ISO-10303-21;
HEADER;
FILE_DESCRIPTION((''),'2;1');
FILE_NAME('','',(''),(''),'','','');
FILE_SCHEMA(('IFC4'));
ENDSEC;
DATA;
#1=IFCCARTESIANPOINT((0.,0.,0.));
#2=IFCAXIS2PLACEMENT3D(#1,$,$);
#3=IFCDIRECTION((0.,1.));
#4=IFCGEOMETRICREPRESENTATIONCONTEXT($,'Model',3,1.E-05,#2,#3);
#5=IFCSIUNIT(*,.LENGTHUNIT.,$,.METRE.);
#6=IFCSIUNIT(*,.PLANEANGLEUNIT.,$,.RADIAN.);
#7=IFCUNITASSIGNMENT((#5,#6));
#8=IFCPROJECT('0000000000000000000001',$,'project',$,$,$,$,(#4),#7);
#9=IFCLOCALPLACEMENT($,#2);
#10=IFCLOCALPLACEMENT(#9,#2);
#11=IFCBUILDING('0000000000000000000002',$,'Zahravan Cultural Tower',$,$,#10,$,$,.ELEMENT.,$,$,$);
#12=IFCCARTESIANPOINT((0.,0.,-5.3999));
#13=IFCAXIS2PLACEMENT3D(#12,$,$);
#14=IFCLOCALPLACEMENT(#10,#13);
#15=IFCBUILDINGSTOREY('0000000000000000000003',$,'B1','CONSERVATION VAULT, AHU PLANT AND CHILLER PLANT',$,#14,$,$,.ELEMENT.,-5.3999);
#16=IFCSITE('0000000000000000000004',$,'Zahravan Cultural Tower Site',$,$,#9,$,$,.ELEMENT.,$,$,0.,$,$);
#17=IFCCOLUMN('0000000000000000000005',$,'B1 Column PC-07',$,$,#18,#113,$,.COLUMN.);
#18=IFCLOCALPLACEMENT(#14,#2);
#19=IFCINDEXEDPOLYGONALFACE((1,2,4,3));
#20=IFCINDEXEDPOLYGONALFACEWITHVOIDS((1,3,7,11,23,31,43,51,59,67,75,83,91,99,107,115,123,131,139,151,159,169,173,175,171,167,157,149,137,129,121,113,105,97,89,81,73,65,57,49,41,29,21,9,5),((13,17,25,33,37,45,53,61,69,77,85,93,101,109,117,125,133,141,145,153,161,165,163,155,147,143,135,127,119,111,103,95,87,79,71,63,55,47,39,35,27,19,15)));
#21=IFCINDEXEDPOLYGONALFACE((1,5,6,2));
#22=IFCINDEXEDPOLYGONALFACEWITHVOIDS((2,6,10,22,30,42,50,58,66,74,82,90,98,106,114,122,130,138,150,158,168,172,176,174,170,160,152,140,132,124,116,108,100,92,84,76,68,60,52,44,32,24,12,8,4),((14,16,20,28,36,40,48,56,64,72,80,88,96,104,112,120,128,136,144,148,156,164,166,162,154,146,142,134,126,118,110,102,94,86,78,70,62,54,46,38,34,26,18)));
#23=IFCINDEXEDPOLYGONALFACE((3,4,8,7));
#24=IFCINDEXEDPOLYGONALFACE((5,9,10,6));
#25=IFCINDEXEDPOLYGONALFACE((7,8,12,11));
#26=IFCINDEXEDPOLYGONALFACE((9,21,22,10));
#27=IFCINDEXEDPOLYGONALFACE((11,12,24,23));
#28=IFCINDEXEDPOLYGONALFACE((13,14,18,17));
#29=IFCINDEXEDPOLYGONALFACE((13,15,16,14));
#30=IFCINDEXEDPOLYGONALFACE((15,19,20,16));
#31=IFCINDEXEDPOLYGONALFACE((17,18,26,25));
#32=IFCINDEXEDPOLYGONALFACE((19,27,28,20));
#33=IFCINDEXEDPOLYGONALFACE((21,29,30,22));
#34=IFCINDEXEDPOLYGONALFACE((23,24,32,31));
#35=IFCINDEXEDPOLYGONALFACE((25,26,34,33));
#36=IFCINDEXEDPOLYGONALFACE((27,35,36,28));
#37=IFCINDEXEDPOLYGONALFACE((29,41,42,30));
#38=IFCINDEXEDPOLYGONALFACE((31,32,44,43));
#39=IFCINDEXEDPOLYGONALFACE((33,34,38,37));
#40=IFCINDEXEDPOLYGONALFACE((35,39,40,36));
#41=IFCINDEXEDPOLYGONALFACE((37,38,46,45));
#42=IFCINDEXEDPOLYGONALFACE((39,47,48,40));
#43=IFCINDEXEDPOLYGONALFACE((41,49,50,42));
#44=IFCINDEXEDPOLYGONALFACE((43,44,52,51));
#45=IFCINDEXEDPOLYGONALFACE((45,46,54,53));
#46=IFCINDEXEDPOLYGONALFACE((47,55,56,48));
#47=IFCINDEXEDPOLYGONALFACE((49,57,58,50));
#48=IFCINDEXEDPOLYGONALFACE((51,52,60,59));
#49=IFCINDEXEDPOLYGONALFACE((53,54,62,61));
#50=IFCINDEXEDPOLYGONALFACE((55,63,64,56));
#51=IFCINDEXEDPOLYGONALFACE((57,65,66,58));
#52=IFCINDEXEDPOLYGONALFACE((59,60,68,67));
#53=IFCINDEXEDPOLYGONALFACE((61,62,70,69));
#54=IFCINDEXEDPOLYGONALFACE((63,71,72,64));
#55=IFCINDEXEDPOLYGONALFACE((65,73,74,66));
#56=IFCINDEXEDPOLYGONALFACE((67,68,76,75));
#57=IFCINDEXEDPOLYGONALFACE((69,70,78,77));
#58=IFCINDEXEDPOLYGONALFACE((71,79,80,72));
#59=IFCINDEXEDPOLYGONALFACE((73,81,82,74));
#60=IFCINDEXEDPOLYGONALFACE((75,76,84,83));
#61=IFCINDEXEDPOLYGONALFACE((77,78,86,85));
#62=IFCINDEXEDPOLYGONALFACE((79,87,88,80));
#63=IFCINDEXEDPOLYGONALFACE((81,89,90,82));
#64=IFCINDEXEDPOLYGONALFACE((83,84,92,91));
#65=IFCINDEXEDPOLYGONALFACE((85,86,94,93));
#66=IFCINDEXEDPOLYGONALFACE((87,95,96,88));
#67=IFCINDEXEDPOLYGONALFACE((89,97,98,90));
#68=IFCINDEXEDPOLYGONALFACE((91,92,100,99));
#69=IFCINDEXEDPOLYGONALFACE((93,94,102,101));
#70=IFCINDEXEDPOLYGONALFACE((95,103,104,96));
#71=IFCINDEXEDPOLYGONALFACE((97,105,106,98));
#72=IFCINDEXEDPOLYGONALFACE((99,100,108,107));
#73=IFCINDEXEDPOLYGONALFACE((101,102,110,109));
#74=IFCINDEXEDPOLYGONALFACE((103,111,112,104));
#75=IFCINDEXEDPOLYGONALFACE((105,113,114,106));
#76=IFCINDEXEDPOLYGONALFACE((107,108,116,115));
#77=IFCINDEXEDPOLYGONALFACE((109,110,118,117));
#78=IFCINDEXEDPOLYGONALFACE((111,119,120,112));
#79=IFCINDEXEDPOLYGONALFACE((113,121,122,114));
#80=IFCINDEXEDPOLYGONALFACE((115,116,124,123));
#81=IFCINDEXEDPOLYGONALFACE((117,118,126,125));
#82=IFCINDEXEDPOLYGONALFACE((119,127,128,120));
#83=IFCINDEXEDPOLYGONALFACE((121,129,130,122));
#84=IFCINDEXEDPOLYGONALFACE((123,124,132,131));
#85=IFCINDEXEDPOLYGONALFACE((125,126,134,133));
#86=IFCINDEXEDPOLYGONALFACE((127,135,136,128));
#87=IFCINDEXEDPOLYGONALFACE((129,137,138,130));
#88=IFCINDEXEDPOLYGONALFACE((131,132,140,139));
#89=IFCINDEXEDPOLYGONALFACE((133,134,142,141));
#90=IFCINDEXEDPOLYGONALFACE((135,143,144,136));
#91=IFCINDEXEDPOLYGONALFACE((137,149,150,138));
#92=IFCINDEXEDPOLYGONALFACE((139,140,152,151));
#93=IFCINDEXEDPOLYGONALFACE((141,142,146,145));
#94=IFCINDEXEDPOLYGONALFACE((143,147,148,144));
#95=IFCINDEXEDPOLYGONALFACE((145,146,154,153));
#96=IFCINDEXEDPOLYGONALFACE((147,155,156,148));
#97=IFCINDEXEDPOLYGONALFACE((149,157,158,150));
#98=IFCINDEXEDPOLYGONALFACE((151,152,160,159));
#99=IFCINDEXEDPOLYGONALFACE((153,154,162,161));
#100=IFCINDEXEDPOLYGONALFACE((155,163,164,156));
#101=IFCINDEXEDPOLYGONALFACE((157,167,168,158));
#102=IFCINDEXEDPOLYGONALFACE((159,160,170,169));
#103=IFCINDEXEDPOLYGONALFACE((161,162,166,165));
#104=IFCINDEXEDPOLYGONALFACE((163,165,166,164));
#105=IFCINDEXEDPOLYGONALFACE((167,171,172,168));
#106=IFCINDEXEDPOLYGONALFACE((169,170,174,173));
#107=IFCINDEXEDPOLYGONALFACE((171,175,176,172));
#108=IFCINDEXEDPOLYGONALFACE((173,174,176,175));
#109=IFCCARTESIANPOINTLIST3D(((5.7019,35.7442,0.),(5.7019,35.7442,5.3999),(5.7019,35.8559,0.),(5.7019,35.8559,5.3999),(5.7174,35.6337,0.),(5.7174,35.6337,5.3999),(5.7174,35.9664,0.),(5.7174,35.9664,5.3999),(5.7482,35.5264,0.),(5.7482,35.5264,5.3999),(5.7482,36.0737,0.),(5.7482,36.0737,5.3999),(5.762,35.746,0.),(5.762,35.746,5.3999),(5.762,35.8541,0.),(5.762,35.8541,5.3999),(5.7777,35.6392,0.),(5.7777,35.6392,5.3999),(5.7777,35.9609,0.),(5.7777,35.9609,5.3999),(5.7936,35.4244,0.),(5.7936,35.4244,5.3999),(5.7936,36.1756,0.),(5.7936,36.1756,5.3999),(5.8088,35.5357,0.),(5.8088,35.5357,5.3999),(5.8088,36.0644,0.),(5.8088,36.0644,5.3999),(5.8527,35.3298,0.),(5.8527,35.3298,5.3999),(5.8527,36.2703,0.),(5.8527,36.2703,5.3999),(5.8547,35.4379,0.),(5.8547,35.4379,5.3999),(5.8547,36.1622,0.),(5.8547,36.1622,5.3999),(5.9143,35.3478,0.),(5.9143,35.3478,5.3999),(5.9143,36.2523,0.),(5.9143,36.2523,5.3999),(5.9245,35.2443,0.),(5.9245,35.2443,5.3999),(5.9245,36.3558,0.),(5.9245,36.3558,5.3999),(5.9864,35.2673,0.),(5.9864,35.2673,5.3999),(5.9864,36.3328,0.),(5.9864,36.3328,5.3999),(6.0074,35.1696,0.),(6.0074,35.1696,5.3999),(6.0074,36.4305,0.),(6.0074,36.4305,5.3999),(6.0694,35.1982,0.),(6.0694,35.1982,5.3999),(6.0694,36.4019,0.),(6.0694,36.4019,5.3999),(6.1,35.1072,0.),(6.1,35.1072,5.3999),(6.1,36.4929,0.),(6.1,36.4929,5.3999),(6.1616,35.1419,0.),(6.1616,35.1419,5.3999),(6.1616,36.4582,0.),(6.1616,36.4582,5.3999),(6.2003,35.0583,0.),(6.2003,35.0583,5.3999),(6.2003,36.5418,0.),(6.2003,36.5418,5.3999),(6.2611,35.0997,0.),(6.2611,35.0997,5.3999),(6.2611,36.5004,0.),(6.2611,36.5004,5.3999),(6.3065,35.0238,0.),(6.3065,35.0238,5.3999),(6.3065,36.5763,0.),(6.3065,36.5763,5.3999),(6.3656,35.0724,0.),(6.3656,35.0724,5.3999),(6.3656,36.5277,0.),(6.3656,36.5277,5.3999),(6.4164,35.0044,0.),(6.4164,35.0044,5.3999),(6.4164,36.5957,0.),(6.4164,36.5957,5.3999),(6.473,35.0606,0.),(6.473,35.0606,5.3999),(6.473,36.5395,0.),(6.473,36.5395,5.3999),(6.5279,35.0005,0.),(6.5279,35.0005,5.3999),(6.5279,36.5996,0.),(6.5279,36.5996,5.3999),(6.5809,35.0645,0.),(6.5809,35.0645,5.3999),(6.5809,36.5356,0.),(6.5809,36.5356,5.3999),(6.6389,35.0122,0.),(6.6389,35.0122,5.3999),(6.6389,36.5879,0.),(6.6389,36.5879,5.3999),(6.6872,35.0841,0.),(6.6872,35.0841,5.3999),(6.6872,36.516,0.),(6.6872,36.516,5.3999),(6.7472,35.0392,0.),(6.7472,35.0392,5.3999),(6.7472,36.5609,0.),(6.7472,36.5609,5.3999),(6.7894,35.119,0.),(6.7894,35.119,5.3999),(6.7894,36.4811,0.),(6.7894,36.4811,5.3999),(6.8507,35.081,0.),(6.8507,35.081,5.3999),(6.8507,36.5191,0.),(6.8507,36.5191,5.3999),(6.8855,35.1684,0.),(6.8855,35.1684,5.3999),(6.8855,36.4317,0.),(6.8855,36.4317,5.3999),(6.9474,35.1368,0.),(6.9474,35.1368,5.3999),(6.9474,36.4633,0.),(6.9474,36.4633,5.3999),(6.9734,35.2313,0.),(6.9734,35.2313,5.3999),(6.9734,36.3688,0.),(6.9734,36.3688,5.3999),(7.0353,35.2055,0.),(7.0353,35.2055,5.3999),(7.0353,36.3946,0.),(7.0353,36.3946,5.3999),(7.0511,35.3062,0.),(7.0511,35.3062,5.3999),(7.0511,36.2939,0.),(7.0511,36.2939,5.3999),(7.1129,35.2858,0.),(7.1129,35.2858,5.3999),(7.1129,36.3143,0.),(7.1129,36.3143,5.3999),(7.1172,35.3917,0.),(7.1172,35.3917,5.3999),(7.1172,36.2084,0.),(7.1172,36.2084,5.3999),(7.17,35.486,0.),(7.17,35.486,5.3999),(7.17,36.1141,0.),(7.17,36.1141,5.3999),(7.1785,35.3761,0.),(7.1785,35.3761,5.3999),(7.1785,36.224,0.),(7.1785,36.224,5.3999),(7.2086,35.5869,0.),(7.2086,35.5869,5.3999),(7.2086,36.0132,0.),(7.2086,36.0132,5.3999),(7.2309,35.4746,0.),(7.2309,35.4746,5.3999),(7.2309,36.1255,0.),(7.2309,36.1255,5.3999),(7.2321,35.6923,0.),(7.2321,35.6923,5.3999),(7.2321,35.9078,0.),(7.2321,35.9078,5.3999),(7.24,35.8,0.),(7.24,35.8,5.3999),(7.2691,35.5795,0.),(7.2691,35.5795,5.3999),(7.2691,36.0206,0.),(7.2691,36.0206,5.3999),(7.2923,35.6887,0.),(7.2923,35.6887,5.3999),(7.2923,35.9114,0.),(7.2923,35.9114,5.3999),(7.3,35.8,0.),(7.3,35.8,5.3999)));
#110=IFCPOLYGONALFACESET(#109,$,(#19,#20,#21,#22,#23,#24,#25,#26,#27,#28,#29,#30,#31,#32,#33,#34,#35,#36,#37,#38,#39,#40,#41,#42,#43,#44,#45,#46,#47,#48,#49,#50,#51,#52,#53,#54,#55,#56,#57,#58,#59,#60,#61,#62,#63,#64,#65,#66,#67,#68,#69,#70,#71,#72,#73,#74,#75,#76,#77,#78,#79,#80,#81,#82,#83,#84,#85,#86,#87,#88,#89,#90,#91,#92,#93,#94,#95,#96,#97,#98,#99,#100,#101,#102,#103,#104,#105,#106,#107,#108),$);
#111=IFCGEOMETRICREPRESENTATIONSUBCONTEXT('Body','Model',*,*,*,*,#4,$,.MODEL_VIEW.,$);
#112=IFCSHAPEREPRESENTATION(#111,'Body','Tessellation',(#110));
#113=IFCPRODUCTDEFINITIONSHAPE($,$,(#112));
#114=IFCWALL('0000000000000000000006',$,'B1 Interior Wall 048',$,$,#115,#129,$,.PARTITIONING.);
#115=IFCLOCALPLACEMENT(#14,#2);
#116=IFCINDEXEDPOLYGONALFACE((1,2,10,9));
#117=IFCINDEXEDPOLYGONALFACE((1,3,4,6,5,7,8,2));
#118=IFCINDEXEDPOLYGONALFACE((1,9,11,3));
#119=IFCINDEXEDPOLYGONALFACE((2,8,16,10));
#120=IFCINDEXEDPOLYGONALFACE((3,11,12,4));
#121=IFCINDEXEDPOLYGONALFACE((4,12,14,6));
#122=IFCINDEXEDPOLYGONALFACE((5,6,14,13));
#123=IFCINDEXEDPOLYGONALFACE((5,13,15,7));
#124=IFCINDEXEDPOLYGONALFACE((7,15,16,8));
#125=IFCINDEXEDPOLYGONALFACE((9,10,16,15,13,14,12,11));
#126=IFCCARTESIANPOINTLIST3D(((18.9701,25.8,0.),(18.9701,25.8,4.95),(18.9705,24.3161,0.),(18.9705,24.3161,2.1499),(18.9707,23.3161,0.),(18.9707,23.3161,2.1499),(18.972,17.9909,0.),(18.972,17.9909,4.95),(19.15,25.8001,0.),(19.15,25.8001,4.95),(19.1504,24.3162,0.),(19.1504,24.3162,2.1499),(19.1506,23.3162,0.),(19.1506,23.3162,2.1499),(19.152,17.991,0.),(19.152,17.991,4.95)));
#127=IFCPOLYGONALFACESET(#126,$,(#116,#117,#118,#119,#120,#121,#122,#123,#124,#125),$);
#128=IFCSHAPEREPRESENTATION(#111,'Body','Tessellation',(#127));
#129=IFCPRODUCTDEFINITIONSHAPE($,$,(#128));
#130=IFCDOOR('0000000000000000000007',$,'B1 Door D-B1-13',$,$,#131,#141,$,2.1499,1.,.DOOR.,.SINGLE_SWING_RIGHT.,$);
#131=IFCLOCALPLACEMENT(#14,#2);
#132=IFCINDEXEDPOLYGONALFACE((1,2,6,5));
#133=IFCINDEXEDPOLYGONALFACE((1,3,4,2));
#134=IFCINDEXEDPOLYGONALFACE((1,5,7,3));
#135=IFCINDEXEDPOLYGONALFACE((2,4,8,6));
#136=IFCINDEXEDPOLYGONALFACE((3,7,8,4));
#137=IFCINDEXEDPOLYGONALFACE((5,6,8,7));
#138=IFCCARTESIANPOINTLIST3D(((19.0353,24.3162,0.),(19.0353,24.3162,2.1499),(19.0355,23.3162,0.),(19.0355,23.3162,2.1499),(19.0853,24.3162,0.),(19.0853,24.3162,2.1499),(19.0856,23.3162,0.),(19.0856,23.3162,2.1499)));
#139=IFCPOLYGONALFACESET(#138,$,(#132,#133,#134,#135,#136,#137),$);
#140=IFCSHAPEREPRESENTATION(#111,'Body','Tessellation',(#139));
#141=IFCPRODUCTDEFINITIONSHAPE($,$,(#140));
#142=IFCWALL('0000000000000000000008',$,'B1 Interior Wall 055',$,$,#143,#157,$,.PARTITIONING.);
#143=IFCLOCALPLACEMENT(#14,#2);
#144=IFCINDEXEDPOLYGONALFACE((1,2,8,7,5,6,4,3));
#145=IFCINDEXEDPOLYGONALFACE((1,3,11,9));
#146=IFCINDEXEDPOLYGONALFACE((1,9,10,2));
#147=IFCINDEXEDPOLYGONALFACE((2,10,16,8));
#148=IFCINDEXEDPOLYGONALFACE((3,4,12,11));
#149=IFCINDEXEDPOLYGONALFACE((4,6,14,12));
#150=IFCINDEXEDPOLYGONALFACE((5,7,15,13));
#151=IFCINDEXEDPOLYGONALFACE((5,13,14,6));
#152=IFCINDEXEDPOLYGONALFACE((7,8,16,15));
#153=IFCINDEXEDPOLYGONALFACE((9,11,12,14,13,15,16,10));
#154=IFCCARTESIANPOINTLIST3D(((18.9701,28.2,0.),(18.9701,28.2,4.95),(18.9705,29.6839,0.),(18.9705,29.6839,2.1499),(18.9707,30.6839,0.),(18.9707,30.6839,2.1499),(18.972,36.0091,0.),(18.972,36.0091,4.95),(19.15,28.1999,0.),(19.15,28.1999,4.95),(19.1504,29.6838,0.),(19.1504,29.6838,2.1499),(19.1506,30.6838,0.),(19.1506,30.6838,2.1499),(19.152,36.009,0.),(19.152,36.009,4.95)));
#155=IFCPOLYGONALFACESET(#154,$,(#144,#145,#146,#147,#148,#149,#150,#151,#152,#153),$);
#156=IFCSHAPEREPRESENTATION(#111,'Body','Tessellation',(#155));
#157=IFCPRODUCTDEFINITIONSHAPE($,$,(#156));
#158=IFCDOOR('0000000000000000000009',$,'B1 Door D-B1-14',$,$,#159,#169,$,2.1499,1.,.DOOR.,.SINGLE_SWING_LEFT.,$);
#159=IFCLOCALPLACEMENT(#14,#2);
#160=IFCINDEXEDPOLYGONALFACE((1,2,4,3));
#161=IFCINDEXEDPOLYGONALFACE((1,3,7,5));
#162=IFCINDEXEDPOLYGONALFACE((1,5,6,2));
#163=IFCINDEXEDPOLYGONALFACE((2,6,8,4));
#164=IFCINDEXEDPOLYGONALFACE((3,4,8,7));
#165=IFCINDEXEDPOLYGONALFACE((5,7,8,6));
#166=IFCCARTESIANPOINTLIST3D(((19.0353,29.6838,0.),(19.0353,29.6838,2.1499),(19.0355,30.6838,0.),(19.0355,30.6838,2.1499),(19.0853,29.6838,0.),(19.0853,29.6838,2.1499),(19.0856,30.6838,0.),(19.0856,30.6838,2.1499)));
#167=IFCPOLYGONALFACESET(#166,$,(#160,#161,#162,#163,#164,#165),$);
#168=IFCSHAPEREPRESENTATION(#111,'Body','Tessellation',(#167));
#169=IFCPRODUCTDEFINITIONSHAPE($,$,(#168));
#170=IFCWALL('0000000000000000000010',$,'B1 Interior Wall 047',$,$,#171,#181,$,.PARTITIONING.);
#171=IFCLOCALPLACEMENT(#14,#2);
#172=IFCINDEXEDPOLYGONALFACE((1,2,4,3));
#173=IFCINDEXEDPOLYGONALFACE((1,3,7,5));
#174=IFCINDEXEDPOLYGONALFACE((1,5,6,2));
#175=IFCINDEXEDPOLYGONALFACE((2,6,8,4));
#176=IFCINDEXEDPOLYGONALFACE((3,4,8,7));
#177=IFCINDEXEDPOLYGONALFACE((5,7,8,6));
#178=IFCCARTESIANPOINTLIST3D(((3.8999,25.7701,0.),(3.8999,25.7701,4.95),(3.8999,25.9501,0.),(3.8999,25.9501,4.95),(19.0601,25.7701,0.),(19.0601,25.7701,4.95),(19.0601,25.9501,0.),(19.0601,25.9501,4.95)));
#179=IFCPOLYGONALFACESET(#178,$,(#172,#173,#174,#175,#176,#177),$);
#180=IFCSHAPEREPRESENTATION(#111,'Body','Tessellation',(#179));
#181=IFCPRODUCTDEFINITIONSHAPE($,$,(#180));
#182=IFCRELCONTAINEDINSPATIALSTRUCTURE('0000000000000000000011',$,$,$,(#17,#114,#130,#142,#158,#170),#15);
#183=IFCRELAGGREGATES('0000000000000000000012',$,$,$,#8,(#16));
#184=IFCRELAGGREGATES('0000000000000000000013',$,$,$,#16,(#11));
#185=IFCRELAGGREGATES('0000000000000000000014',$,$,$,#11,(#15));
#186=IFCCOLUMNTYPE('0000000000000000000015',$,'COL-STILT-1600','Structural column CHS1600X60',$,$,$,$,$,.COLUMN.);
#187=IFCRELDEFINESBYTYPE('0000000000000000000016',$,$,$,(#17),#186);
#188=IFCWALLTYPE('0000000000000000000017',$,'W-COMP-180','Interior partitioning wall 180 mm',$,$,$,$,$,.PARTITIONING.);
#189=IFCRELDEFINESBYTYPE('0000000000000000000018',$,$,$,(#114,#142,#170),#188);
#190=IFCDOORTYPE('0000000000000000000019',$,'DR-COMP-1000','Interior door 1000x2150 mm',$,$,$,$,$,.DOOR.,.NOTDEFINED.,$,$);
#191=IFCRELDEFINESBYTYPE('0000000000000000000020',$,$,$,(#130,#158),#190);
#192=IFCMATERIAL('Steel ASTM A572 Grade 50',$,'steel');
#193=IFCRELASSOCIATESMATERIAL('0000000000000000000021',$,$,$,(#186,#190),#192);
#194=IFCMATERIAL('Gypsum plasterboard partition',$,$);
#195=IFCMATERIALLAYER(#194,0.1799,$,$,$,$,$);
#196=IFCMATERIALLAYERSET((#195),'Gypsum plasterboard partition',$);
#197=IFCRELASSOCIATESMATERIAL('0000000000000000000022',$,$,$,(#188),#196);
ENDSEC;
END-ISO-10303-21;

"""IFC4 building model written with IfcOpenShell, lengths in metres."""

from ifc_helpers import new_model, si_unit, direction, frame, frame_2d, origin, origin_2d, place, context, subcontext, project, spatial, rectangle, hollow_circle, extrude, source, transform, mapped, material, layer, layer_set, material_profile, profile_set, type_object, element, fill, save


model = new_model("IFC4")

# Units and contexts
model_context = context("Model", 3, precision=1e-05, world=origin(), true_north=direction((0.0, 1.0)))
body_context = subcontext(model_context, "Body", "Model", "MODEL_VIEW")
ifc_project = project(units=[si_unit("LENGTHUNIT", "METRE"), si_unit("PLANEANGLEUNIT", "RADIAN")], contexts=[model_context])

# Site, building, storey
site_placement = place(None, origin())
site = spatial("IfcSite", under=ifc_project, at=site_placement, Name="Zahravan Cultural Tower Site", CompositionType="ELEMENT", RefElevation=0.0)
building_placement = place(site_placement, origin())
building = spatial("IfcBuilding", under=site, at=building_placement, Name="Zahravan Cultural Tower", CompositionType="ELEMENT")
storey_placement = place(building_placement, frame((0.0, 0.0, -5.3999)))
storey = spatial("IfcBuildingStorey", under=building, at=storey_placement, Name="B1", Description="CONSERVATION VAULT, AHU PLANT AND CHILLER PLANT", CompositionType="ELEMENT", Elevation=-5.3999)

# Column
ifc_material_1 = material(Name="Steel ASTM A572 Grade 50", Category="steel")
ifc_material_profile_1 = material_profile(ifc_material_1, hollow_circle(Radius=0.8, WallThickness=0.0601, at=origin_2d()), Name="CHS1600X60")
ifc_profile_set_1 = profile_set([ifc_material_profile_1], Name="Steel ASTM A572 Grade 50")
column_type = type_object("IfcColumnType", Name="COL-STILT-1600", Description="Structural column CHS1600X60", PredefinedType="COLUMN", material=ifc_profile_set_1)
shared_shape_1 = source(origin(), body_context, "Body", "SweptSolid", [
    extrude(hollow_circle(Radius=0.8, WallThickness=0.0601, at=origin_2d()), origin(), (0.0, 0.0, 1.0), 5.3999),
])
column_placement = place(storey_placement, frame((6.5, 35.8, 0.0), z_axis=(0.0, 0.0, 1.0), x_axis=(1.0, 0.0, 0.0)))
element("IfcColumn", 1, at=column_placement, inside=storey, type_object=column_type, Name="B1 Column PC-07", PredefinedType="COLUMN", context=body_context, shape_type="MappedRepresentation", body=[
    mapped(shared_shape_1, transform((0.0, 0.0, 0.0), x_axis=(1.0, 0.0, 0.0), y_axis=(0.0, 1.0, 0.0), z_axis=(0.0, 0.0, 1.0), scale=1.0)),
])

# Walls, openings, doors
ifc_material_2 = material(Name="Gypsum plasterboard partition")
ifc_layer_1 = layer(ifc_material_2, 0.1799)
ifc_layer_set_1 = layer_set([ifc_layer_1], Name="Gypsum plasterboard partition")
wall_type = type_object("IfcWallType", Name="W-COMP-180", Description="Interior partitioning wall 180 mm", PredefinedType="PARTITIONING", material=ifc_layer_set_1)
wall_1_placement = place(storey_placement, frame((19.0601, 25.8, 0.0), z_axis=(0.0, 0.0, 1.0), x_axis=(0.00025, -1.0, 0.0)))
wall_1 = element("IfcWall", 2, at=wall_1_placement, inside=storey, type_object=wall_type, Name="B1 Interior Wall 048", PredefinedType="PARTITIONING", context=body_context, shape_type="SweptSolid", body=[
    extrude(rectangle(XDim=7.8091, YDim=0.1799, at=frame_2d((3.9045, 0.0))), origin(), (0.0, 0.0, 1.0), 4.95),
])
opening_1_placement = place(wall_1_placement, frame((1.4839, 0.0, 0.0)))
opening_1 = element("IfcOpeningElement", 3, at=opening_1_placement, cuts=wall_1, PredefinedType="OPENING", context=body_context, shape_type="SweptSolid", body=[
    extrude(rectangle(XDim=1.0, YDim=2.1499, at=frame_2d((0.5, 1.075))), frame((0.0, 0.0999, 0.0), z_axis=(0.0, -1.0, 0.0), x_axis=(1.0, 0.0, 0.0)), (0.0, 0.0, 1.0), 0.2),
])
door_type = type_object("IfcDoorType", Name="DR-COMP-1000", Description="Interior door 1000x2150 mm", OperationType="NOTDEFINED", PredefinedType="DOOR", material=ifc_material_1)
shared_shape_2 = source(origin(), body_context, "Body", "SweptSolid", [
    extrude(rectangle(XDim=1.0, YDim=2.1499, at=frame_2d((0.5, 1.075))), frame((0.0, 0.0249, 0.0), z_axis=(0.0, -1.0, 0.0), x_axis=(1.0, 0.0, 0.0)), (0.0, 0.0, 1.0), 0.05),
])
door_1_placement = place(opening_1_placement, origin())
door_1 = element("IfcDoor", 4, at=door_1_placement, inside=storey, type_object=door_type, Name="B1 Door D-B1-13", OperationType="SINGLE_SWING_RIGHT", OverallHeight=2.1499, OverallWidth=1.0, PredefinedType="DOOR", context=body_context, shape_type="MappedRepresentation", body=[
    mapped(shared_shape_2, transform((0.0, 0.0, 0.0), x_axis=(1.0, 0.0, 0.0), y_axis=(0.0, 1.0, 0.0), z_axis=(0.0, 0.0, 1.0), scale=1.0)),
])
fill(opening_1, door_1)
wall_2_placement = place(storey_placement, frame((19.062, 36.009, 0.0), z_axis=(0.0, 0.0, 1.0), x_axis=(-0.00025, -1.0, 0.0)))
wall_2 = element("IfcWall", 5, at=wall_2_placement, inside=storey, type_object=wall_type, Name="B1 Interior Wall 055", PredefinedType="PARTITIONING", context=body_context, shape_type="SweptSolid", body=[
    extrude(rectangle(XDim=7.8091, YDim=0.1799, at=frame_2d((3.9045, 0.0))), origin(), (0.0, 0.0, 1.0), 4.95),
])
opening_2_placement = place(wall_2_placement, frame((5.3252, 0.0, 0.0)))
opening_2 = element("IfcOpeningElement", 6, at=opening_2_placement, cuts=wall_2, PredefinedType="OPENING", context=body_context, shape_type="SweptSolid", body=[
    extrude(rectangle(XDim=1.0, YDim=2.1499, at=frame_2d((0.5, 1.075))), frame((0.0, 0.0999, 0.0), z_axis=(0.0, -1.0, 0.0), x_axis=(1.0, 0.0, 0.0)), (0.0, 0.0, 1.0), 0.2),
])
door_2_placement = place(opening_2_placement, origin())
door_2 = element("IfcDoor", 7, at=door_2_placement, inside=storey, type_object=door_type, Name="B1 Door D-B1-14", OperationType="SINGLE_SWING_LEFT", OverallHeight=2.1499, OverallWidth=1.0, PredefinedType="DOOR", context=body_context, shape_type="MappedRepresentation", body=[
    mapped(shared_shape_2, transform((0.0, 0.0, 0.0), x_axis=(1.0, 0.0, 0.0), y_axis=(0.0, 1.0, 0.0), z_axis=(0.0, 0.0, 1.0), scale=1.0)),
])
fill(opening_2, door_2)

# Wall
shared_shape_3 = source(origin(), body_context, "Body", "SweptSolid", [
    extrude(rectangle(XDim=15.1602, YDim=0.1799, at=frame_2d((7.5801, 0.0))), origin(), (0.0, 0.0, 1.0), 4.95),
])
wall_3_placement = place(storey_placement, frame((3.8999, 25.8601, 0.0), z_axis=(0.0, 0.0, 1.0), x_axis=(1.0, 0.0, 0.0)))
element("IfcWall", 8, at=wall_3_placement, inside=storey, type_object=wall_type, Name="B1 Interior Wall 047", PredefinedType="PARTITIONING", context=body_context, shape_type="MappedRepresentation", body=[
    mapped(shared_shape_3, transform((0.0, 0.0, 0.0), x_axis=(1.0, 0.0, 0.0), y_axis=(0.0, 1.0, 0.0), z_axis=(0.0, 0.0, 1.0), scale=1.0)),
])

save(model, "model.ifc")
